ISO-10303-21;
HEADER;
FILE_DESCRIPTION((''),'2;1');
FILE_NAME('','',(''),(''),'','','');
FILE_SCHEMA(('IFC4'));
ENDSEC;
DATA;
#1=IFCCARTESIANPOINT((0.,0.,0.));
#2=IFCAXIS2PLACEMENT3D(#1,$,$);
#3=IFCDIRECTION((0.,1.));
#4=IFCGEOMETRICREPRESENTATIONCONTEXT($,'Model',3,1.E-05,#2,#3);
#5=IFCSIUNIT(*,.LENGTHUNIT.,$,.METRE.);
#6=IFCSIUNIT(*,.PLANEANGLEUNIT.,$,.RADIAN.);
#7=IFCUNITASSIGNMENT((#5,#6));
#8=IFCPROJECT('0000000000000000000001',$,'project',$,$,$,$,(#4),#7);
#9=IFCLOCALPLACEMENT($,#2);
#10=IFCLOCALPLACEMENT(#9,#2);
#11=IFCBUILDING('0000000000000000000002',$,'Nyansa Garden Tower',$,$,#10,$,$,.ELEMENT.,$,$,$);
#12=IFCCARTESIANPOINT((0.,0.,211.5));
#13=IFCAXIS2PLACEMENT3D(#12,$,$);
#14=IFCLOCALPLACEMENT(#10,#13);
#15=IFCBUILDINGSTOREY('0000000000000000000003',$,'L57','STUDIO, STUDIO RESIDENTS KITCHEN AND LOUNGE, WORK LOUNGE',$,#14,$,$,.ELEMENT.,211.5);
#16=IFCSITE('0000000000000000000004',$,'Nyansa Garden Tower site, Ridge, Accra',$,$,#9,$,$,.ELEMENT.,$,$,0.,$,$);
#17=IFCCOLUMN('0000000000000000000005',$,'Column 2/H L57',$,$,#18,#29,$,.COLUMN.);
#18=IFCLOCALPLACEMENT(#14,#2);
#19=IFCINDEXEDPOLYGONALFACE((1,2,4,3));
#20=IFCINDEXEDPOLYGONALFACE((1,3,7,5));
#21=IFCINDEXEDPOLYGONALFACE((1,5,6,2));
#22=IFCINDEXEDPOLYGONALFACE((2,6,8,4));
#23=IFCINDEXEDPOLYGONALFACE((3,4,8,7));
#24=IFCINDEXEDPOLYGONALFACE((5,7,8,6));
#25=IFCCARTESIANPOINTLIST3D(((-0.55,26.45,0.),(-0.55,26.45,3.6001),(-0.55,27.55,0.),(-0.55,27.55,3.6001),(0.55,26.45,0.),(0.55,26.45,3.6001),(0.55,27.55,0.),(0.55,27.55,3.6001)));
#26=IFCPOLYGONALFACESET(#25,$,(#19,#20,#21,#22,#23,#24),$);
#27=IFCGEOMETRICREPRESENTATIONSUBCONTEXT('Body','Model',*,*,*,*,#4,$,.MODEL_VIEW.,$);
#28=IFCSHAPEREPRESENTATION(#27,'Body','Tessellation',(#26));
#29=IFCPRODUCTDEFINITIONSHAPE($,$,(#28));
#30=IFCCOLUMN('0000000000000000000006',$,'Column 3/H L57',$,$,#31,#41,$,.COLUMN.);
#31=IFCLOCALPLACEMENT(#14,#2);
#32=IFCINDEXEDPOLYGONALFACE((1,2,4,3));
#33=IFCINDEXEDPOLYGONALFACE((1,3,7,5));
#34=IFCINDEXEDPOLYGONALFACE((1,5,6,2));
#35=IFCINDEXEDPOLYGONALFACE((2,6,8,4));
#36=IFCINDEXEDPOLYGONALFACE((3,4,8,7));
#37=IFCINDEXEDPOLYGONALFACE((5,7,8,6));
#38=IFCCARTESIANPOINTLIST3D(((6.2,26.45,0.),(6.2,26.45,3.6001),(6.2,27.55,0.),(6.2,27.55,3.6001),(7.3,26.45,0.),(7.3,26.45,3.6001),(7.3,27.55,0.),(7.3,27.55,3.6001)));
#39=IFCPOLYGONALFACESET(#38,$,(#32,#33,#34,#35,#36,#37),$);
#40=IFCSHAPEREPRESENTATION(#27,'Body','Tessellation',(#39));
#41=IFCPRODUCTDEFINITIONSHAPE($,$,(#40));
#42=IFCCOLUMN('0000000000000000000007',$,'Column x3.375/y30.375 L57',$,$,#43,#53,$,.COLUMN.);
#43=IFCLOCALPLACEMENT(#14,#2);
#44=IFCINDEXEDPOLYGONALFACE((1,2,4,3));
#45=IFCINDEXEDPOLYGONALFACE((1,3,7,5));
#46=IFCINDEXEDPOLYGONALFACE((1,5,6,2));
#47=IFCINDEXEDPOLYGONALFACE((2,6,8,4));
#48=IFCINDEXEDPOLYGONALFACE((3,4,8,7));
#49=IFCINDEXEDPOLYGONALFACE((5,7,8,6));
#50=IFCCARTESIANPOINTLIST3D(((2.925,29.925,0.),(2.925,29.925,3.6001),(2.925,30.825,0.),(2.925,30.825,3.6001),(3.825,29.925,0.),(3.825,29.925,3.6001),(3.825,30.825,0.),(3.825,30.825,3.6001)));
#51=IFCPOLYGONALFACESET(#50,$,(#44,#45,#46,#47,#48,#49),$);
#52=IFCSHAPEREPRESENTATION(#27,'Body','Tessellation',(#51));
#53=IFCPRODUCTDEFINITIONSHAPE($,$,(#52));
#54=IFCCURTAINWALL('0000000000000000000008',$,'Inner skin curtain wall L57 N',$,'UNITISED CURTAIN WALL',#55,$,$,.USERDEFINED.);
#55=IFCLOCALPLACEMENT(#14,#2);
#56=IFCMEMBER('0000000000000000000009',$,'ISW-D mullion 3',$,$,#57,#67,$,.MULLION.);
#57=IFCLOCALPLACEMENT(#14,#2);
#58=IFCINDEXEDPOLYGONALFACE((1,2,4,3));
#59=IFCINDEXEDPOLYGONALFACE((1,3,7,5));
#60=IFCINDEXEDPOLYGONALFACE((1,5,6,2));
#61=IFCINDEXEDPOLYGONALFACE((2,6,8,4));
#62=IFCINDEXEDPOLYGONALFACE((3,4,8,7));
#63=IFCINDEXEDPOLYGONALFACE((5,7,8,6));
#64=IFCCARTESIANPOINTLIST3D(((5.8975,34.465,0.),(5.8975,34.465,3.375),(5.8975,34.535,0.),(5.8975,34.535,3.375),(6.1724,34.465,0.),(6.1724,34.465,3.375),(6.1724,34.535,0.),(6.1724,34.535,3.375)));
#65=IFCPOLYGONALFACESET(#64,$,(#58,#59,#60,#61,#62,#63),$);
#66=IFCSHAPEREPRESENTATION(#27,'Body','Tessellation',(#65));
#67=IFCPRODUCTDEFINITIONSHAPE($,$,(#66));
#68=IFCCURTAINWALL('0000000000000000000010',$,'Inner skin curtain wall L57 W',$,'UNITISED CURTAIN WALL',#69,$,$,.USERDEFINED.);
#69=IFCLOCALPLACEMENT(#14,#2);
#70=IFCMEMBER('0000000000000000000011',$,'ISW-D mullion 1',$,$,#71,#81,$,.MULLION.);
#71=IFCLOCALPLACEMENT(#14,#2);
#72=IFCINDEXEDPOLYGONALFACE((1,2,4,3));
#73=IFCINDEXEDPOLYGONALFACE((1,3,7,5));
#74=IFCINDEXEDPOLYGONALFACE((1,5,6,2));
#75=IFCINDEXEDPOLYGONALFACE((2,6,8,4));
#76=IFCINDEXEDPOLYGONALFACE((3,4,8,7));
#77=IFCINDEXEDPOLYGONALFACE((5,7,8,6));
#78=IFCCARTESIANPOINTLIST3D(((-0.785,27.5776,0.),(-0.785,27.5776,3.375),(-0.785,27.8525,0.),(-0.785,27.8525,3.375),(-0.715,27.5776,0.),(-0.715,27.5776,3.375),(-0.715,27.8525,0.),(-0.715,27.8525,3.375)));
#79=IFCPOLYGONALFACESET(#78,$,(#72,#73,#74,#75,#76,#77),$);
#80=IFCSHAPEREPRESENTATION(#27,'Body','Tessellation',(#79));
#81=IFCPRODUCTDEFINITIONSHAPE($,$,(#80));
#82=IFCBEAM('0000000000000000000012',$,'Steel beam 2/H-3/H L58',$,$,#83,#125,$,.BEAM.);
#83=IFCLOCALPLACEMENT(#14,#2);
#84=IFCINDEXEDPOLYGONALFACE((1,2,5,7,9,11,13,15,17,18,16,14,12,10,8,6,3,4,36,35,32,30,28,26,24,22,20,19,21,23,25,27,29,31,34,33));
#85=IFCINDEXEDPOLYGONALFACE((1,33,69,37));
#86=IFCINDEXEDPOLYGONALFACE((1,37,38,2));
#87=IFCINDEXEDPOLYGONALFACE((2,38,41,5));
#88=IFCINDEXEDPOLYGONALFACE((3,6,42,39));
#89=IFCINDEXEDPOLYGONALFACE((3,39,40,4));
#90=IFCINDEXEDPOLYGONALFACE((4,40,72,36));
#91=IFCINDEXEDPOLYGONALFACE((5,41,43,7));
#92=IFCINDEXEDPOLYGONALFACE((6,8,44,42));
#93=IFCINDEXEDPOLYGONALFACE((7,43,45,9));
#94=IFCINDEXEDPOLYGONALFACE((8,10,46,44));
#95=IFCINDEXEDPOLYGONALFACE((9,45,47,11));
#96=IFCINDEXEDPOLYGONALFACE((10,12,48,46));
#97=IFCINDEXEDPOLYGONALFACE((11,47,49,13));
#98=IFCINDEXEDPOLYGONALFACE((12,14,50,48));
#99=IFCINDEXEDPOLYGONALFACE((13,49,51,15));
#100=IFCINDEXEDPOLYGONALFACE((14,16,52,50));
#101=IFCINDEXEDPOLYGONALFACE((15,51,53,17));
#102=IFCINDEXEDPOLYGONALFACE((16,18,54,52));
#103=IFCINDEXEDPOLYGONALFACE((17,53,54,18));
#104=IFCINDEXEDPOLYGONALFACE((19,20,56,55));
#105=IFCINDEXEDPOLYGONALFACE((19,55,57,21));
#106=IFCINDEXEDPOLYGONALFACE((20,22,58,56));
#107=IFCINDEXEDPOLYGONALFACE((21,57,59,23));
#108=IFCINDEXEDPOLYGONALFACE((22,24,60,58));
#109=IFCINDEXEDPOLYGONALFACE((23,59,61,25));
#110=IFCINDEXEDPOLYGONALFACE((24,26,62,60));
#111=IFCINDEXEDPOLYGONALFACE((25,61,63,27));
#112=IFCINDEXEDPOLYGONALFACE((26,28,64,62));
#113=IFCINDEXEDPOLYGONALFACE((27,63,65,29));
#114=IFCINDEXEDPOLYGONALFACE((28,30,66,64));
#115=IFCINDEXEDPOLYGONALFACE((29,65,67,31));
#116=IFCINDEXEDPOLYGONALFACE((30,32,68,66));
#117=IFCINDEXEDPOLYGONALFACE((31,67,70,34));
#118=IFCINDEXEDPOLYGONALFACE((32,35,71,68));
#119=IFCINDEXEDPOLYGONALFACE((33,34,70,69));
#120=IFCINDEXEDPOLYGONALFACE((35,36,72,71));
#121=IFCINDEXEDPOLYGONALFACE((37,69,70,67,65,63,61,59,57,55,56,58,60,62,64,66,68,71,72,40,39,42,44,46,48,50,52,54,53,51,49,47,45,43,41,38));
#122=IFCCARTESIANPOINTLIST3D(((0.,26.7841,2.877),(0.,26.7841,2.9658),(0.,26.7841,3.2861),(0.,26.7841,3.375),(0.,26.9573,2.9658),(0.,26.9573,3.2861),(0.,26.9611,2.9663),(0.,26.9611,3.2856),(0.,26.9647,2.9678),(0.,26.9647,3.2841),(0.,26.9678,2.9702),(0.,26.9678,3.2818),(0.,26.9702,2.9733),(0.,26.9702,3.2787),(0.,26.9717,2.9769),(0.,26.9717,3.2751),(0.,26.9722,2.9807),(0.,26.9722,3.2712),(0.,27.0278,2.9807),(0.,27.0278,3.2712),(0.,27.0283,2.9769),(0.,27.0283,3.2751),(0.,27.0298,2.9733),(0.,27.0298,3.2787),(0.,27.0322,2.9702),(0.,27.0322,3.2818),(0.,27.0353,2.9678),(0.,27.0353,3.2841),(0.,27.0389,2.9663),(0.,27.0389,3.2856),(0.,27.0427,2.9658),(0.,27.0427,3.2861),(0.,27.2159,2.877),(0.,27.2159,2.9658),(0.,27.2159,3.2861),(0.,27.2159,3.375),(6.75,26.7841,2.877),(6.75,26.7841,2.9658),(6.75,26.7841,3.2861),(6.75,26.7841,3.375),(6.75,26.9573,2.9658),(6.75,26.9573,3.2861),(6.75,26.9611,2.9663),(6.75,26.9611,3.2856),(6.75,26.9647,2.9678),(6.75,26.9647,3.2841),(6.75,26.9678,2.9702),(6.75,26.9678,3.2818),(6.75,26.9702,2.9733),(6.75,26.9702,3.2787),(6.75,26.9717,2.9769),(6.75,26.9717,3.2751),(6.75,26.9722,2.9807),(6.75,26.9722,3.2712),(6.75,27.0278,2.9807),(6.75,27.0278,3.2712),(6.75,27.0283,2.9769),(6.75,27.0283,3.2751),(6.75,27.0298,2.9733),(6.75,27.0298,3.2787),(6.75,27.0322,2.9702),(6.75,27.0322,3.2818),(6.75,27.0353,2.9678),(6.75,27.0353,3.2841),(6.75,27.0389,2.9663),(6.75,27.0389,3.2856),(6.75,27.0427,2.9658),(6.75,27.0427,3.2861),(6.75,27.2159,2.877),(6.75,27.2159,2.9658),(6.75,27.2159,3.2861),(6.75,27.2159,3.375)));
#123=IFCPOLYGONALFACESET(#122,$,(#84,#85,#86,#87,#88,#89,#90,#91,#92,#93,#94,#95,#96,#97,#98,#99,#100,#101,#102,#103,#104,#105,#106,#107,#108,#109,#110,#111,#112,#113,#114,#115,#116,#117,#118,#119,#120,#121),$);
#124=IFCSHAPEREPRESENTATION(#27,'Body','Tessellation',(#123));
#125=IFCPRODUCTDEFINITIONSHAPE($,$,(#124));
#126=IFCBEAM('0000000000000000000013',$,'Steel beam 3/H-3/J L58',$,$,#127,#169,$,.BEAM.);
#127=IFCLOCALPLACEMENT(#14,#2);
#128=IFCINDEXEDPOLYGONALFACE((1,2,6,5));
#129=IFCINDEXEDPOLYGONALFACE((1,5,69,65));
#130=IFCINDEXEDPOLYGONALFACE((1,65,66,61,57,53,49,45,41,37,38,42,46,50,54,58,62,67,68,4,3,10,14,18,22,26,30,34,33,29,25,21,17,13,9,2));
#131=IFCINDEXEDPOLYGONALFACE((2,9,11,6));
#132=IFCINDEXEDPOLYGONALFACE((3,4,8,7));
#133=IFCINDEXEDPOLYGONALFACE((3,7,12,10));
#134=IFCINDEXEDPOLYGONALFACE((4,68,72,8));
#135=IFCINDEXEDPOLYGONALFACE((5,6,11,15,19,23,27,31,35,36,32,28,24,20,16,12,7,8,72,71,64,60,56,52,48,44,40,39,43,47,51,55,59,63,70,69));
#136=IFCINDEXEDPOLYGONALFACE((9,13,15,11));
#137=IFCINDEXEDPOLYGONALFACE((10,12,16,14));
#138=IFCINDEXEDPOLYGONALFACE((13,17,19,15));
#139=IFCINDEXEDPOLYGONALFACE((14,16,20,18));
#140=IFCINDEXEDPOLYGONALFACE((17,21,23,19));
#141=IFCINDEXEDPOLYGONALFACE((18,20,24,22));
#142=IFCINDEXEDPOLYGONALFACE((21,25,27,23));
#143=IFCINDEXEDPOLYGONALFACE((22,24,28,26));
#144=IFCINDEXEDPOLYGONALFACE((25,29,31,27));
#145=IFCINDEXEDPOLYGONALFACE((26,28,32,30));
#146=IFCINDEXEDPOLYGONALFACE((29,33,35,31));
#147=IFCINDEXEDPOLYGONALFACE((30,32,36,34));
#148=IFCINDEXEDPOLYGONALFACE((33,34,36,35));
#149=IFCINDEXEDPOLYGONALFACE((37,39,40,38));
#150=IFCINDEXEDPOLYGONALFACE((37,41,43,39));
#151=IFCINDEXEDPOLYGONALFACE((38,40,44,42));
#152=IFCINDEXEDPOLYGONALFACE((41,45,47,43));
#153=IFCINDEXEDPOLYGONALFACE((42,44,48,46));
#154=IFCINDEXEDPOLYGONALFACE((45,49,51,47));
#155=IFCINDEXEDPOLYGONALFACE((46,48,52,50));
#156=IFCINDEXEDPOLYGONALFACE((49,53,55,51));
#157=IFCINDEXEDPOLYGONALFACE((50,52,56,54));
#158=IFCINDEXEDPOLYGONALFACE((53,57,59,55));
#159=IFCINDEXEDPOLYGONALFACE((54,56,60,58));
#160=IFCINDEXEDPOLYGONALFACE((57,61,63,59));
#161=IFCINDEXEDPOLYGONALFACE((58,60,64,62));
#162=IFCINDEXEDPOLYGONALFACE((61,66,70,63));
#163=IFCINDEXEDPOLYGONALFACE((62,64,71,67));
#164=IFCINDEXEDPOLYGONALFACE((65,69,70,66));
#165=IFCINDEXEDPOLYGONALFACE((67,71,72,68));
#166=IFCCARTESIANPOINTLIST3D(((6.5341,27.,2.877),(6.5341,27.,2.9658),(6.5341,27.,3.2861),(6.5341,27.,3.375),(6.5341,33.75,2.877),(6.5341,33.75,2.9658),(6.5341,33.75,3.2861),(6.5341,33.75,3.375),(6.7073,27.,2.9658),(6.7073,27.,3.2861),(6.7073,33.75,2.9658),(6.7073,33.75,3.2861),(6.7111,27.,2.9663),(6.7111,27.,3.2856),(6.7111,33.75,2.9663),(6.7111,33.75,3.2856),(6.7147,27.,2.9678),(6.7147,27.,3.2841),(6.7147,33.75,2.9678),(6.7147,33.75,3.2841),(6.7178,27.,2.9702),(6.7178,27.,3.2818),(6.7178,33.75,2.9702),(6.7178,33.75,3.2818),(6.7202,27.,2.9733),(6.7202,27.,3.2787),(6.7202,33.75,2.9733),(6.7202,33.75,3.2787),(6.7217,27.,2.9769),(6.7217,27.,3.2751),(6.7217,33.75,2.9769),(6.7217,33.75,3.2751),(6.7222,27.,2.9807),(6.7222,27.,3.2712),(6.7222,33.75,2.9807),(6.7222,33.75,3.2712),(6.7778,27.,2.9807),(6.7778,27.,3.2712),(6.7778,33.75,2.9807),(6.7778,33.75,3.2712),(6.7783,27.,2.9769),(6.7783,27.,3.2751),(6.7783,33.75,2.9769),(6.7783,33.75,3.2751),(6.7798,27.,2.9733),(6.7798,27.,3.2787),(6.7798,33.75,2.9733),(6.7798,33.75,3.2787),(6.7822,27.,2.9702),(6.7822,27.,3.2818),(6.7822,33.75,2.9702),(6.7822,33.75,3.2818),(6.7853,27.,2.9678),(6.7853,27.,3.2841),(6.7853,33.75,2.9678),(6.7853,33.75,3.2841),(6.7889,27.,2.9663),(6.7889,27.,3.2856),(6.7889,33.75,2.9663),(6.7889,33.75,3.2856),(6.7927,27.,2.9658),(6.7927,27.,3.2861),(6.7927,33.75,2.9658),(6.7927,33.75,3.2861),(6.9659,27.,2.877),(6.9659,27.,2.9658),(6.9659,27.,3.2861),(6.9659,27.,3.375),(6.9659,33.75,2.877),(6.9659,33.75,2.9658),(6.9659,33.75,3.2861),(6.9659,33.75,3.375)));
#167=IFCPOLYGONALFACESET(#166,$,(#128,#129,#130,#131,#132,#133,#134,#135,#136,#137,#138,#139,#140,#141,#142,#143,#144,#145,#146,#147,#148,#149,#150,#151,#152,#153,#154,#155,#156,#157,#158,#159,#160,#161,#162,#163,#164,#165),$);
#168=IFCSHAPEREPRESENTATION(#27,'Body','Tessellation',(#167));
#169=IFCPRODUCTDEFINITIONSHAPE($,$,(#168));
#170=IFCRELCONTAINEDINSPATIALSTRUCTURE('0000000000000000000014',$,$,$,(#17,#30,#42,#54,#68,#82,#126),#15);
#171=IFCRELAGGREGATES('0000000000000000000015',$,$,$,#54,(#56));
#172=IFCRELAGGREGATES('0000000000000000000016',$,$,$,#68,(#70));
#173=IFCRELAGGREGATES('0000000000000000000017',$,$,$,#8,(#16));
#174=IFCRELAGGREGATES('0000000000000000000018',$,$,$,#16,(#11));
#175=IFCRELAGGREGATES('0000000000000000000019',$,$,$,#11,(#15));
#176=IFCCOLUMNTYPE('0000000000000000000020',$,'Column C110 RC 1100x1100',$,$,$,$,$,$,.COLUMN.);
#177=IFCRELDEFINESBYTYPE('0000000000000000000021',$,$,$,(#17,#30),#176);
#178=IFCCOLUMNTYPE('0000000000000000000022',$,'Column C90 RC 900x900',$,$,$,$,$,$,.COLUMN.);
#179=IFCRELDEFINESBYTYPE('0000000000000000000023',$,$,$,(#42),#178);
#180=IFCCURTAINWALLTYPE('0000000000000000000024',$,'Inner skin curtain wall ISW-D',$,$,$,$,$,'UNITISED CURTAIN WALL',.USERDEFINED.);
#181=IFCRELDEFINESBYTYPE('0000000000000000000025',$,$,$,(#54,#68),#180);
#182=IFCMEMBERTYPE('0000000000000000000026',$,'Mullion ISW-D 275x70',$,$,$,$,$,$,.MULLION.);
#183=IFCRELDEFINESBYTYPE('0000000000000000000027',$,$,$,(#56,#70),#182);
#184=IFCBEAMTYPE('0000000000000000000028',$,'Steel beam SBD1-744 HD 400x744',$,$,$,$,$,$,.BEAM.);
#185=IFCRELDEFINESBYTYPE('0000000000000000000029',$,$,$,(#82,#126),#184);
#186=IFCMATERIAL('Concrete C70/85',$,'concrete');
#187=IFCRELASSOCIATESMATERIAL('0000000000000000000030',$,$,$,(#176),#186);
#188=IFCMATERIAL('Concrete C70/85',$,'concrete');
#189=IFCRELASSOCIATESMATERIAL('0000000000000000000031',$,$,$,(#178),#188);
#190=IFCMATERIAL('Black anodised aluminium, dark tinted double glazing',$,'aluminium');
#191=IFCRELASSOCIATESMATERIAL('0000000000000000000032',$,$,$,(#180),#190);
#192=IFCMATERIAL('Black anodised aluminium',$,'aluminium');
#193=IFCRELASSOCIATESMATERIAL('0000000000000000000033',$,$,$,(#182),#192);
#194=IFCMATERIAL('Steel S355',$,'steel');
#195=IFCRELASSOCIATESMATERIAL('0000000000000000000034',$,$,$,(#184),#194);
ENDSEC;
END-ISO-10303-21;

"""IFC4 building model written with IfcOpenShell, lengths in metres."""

from ifc_helpers import new_model, si_unit, direction, frame, origin, origin_2d, place, context, subcontext, project, spatial, rectangle, i_section, extrude, material, material_profile, profile_set, type_object, element, aggregate, save


model = new_model("IFC4")

# Units and contexts
model_context = context("Model", 3, precision=1e-05, world=origin(), true_north=direction((0.0, 1.0)))
body_context = subcontext(model_context, "Body", "Model", "MODEL_VIEW")
ifc_project = project(units=[si_unit("LENGTHUNIT", "METRE"), si_unit("PLANEANGLEUNIT", "RADIAN")], contexts=[model_context])

# Site, building, storey
site_placement = place(None, origin())
site = spatial("IfcSite", under=ifc_project, at=site_placement, Name="Nyansa Garden Tower site, Ridge, Accra", CompositionType="ELEMENT", RefElevation=0.0)
building_placement = place(site_placement, origin())
building = spatial("IfcBuilding", under=site, at=building_placement, Name="Nyansa Garden Tower", CompositionType="ELEMENT")
storey_placement = place(building_placement, frame((0.0, 0.0, 211.5)))
storey = spatial("IfcBuildingStorey", under=building, at=storey_placement, Name="L57", Description="STUDIO, STUDIO RESIDENTS KITCHEN AND LOUNGE, WORK LOUNGE", CompositionType="ELEMENT", Elevation=211.5)

# Columns
ifc_material_1 = material(Name="Concrete C70/85", Category="concrete")
ifc_material_profile_1 = material_profile(ifc_material_1, rectangle(XDim=1.1001, YDim=1.1001, at=origin_2d()), Name="RC 1100x1100")
ifc_profile_set_1 = profile_set([ifc_material_profile_1], Name="Concrete C70/85")
column_type_1 = type_object("IfcColumnType", Name="Column C110 RC 1100x1100", PredefinedType="COLUMN", material=ifc_profile_set_1)
for number, where, z_axis, x_axis, name in (
    (1, (0.0, 27.0, 0.0), (0.0, 0.0, 1.0), (1.0, 0.0, 0.0), "Column 2/H L57"),
    (2, (6.75, 27.0, 0.0), (0.0, 0.0, 1.0), (1.0, 0.0, 0.0), "Column 3/H L57"),
):
    element("IfcColumn", number, at=place(storey_placement, frame(where, z_axis=z_axis, x_axis=x_axis)), inside=storey, type_object=column_type_1, Name=name, PredefinedType="COLUMN", context=body_context, shape_type="SweptSolid", body=[
        extrude(rectangle(XDim=1.1001, YDim=1.1001, at=origin_2d()), origin(), (0.0, 0.0, 1.0), 3.6001),
    ])
ifc_material_2 = material(Name="Concrete C70/85", Category="concrete")
ifc_material_profile_2 = material_profile(ifc_material_2, rectangle(XDim=0.8999, YDim=0.8999, at=origin_2d()), Name="RC 900x900")
ifc_profile_set_2 = profile_set([ifc_material_profile_2], Name="Concrete C70/85")
column_type_2 = type_object("IfcColumnType", Name="Column C90 RC 900x900", PredefinedType="COLUMN", material=ifc_profile_set_2)
column_placement = place(storey_placement, frame((3.375, 30.375, 0.0), z_axis=(0.0, 0.0, 1.0), x_axis=(1.0, 0.0, 0.0)))
element("IfcColumn", 3, at=column_placement, inside=storey, type_object=column_type_2, Name="Column x3.375/y30.375 L57", PredefinedType="COLUMN", context=body_context, shape_type="SweptSolid", body=[
    extrude(rectangle(XDim=0.8999, YDim=0.8999, at=origin_2d()), origin(), (0.0, 0.0, 1.0), 3.6001),
])

# Curtain walls, members
ifc_material_3 = material(Name="Black anodised aluminium, dark tinted double glazing", Category="aluminium")
curtain_wall_type = type_object("IfcCurtainWallType", Name="Inner skin curtain wall ISW-D", ElementType="UNITISED CURTAIN WALL", PredefinedType="USERDEFINED", material=ifc_material_3)
curtain_wall_1_placement = place(storey_placement, origin())
curtain_wall_1 = element("IfcCurtainWall", 4, at=curtain_wall_1_placement, inside=storey, type_object=curtain_wall_type, Name="Inner skin curtain wall L57 N", ObjectType="UNITISED CURTAIN WALL", PredefinedType="USERDEFINED")
ifc_material_4 = material(Name="Black anodised aluminium", Category="aluminium")
ifc_material_profile_3 = material_profile(ifc_material_4, rectangle(XDim=0.0701, YDim=0.2749, at=origin_2d()), Name="Mullion 275x70")
ifc_profile_set_3 = profile_set([ifc_material_profile_3], Name="Black anodised aluminium")
member_type_1 = type_object("IfcMemberType", Name="Mullion ISW-D 275x70", PredefinedType="MULLION", material=ifc_profile_set_3)
member_1_placement = place(storey_placement, frame((6.0349, 34.5, 0.0), z_axis=(0.0, 0.0, 1.0), x_axis=(0.0, -1.0, 0.0)))
member_1 = element("IfcMember", 5, at=member_1_placement, type_object=member_type_1, Name="ISW-D mullion 3", PredefinedType="MULLION", context=body_context, shape_type="SweptSolid", body=[
    extrude(rectangle(XDim=0.0701, YDim=0.2749, at=origin_2d()), origin(), (0.0, 0.0, 1.0), 3.375),
])
aggregate(curtain_wall_1, [member_1])
curtain_wall_2_placement = place(storey_placement, origin())
curtain_wall_2 = element("IfcCurtainWall", 6, at=curtain_wall_2_placement, inside=storey, type_object=curtain_wall_type, Name="Inner skin curtain wall L57 W", ObjectType="UNITISED CURTAIN WALL", PredefinedType="USERDEFINED")
member_2_placement = place(storey_placement, frame((-0.75, 27.7151, 0.0), z_axis=(0.0, 0.0, 1.0), x_axis=(1.0, 0.0, 0.0)))
member_2 = element("IfcMember", 7, at=member_2_placement, type_object=member_type_1, Name="ISW-D mullion 1", PredefinedType="MULLION", context=body_context, shape_type="SweptSolid", body=[
    extrude(rectangle(XDim=0.0701, YDim=0.2749, at=origin_2d()), origin(), (0.0, 0.0, 1.0), 3.375),
])

# Beams
ifc_material_5 = material(Name="Steel S355", Category="steel")
ifc_material_profile_4 = material_profile(ifc_material_5, i_section(OverallWidth=0.4319, OverallDepth=0.498, WebThickness=0.0557, FlangeThickness=0.0889, FilletRadius=0.0149, at=origin_2d()), Name="HD 400x744")
ifc_profile_set_4 = profile_set([ifc_material_profile_4], Name="Steel S355")
beam_type_1 = type_object("IfcBeamType", Name="Steel beam SBD1-744 HD 400x744", PredefinedType="BEAM", material=ifc_profile_set_4)
for number, where, z_axis, x_axis, name in (
    (8, (0.0, 27.0, 3.126), (1.0, 0.0, 0.0), (0.0, 1.0, 0.0), "Steel beam 2/H-3/H L58"),
    (9, (6.75, 27.0, 3.126), (0.0, 1.0, 0.0), (-1.0, 0.0, 0.0), "Steel beam 3/H-3/J L58"),
):
    element("IfcBeam", number, at=place(storey_placement, frame(where, z_axis=z_axis, x_axis=x_axis)), inside=storey, type_object=beam_type_1, Name=name, PredefinedType="BEAM", context=body_context, shape_type="SweptSolid", body=[
        extrude(i_section(OverallWidth=0.4319, OverallDepth=0.498, WebThickness=0.0557, FlangeThickness=0.0889, FilletRadius=0.0149, at=origin_2d()), origin(), (0.0, 0.0, 1.0), 6.75),
    ])

aggregate(curtain_wall_2, [member_2])

save(model, "model.ifc")
